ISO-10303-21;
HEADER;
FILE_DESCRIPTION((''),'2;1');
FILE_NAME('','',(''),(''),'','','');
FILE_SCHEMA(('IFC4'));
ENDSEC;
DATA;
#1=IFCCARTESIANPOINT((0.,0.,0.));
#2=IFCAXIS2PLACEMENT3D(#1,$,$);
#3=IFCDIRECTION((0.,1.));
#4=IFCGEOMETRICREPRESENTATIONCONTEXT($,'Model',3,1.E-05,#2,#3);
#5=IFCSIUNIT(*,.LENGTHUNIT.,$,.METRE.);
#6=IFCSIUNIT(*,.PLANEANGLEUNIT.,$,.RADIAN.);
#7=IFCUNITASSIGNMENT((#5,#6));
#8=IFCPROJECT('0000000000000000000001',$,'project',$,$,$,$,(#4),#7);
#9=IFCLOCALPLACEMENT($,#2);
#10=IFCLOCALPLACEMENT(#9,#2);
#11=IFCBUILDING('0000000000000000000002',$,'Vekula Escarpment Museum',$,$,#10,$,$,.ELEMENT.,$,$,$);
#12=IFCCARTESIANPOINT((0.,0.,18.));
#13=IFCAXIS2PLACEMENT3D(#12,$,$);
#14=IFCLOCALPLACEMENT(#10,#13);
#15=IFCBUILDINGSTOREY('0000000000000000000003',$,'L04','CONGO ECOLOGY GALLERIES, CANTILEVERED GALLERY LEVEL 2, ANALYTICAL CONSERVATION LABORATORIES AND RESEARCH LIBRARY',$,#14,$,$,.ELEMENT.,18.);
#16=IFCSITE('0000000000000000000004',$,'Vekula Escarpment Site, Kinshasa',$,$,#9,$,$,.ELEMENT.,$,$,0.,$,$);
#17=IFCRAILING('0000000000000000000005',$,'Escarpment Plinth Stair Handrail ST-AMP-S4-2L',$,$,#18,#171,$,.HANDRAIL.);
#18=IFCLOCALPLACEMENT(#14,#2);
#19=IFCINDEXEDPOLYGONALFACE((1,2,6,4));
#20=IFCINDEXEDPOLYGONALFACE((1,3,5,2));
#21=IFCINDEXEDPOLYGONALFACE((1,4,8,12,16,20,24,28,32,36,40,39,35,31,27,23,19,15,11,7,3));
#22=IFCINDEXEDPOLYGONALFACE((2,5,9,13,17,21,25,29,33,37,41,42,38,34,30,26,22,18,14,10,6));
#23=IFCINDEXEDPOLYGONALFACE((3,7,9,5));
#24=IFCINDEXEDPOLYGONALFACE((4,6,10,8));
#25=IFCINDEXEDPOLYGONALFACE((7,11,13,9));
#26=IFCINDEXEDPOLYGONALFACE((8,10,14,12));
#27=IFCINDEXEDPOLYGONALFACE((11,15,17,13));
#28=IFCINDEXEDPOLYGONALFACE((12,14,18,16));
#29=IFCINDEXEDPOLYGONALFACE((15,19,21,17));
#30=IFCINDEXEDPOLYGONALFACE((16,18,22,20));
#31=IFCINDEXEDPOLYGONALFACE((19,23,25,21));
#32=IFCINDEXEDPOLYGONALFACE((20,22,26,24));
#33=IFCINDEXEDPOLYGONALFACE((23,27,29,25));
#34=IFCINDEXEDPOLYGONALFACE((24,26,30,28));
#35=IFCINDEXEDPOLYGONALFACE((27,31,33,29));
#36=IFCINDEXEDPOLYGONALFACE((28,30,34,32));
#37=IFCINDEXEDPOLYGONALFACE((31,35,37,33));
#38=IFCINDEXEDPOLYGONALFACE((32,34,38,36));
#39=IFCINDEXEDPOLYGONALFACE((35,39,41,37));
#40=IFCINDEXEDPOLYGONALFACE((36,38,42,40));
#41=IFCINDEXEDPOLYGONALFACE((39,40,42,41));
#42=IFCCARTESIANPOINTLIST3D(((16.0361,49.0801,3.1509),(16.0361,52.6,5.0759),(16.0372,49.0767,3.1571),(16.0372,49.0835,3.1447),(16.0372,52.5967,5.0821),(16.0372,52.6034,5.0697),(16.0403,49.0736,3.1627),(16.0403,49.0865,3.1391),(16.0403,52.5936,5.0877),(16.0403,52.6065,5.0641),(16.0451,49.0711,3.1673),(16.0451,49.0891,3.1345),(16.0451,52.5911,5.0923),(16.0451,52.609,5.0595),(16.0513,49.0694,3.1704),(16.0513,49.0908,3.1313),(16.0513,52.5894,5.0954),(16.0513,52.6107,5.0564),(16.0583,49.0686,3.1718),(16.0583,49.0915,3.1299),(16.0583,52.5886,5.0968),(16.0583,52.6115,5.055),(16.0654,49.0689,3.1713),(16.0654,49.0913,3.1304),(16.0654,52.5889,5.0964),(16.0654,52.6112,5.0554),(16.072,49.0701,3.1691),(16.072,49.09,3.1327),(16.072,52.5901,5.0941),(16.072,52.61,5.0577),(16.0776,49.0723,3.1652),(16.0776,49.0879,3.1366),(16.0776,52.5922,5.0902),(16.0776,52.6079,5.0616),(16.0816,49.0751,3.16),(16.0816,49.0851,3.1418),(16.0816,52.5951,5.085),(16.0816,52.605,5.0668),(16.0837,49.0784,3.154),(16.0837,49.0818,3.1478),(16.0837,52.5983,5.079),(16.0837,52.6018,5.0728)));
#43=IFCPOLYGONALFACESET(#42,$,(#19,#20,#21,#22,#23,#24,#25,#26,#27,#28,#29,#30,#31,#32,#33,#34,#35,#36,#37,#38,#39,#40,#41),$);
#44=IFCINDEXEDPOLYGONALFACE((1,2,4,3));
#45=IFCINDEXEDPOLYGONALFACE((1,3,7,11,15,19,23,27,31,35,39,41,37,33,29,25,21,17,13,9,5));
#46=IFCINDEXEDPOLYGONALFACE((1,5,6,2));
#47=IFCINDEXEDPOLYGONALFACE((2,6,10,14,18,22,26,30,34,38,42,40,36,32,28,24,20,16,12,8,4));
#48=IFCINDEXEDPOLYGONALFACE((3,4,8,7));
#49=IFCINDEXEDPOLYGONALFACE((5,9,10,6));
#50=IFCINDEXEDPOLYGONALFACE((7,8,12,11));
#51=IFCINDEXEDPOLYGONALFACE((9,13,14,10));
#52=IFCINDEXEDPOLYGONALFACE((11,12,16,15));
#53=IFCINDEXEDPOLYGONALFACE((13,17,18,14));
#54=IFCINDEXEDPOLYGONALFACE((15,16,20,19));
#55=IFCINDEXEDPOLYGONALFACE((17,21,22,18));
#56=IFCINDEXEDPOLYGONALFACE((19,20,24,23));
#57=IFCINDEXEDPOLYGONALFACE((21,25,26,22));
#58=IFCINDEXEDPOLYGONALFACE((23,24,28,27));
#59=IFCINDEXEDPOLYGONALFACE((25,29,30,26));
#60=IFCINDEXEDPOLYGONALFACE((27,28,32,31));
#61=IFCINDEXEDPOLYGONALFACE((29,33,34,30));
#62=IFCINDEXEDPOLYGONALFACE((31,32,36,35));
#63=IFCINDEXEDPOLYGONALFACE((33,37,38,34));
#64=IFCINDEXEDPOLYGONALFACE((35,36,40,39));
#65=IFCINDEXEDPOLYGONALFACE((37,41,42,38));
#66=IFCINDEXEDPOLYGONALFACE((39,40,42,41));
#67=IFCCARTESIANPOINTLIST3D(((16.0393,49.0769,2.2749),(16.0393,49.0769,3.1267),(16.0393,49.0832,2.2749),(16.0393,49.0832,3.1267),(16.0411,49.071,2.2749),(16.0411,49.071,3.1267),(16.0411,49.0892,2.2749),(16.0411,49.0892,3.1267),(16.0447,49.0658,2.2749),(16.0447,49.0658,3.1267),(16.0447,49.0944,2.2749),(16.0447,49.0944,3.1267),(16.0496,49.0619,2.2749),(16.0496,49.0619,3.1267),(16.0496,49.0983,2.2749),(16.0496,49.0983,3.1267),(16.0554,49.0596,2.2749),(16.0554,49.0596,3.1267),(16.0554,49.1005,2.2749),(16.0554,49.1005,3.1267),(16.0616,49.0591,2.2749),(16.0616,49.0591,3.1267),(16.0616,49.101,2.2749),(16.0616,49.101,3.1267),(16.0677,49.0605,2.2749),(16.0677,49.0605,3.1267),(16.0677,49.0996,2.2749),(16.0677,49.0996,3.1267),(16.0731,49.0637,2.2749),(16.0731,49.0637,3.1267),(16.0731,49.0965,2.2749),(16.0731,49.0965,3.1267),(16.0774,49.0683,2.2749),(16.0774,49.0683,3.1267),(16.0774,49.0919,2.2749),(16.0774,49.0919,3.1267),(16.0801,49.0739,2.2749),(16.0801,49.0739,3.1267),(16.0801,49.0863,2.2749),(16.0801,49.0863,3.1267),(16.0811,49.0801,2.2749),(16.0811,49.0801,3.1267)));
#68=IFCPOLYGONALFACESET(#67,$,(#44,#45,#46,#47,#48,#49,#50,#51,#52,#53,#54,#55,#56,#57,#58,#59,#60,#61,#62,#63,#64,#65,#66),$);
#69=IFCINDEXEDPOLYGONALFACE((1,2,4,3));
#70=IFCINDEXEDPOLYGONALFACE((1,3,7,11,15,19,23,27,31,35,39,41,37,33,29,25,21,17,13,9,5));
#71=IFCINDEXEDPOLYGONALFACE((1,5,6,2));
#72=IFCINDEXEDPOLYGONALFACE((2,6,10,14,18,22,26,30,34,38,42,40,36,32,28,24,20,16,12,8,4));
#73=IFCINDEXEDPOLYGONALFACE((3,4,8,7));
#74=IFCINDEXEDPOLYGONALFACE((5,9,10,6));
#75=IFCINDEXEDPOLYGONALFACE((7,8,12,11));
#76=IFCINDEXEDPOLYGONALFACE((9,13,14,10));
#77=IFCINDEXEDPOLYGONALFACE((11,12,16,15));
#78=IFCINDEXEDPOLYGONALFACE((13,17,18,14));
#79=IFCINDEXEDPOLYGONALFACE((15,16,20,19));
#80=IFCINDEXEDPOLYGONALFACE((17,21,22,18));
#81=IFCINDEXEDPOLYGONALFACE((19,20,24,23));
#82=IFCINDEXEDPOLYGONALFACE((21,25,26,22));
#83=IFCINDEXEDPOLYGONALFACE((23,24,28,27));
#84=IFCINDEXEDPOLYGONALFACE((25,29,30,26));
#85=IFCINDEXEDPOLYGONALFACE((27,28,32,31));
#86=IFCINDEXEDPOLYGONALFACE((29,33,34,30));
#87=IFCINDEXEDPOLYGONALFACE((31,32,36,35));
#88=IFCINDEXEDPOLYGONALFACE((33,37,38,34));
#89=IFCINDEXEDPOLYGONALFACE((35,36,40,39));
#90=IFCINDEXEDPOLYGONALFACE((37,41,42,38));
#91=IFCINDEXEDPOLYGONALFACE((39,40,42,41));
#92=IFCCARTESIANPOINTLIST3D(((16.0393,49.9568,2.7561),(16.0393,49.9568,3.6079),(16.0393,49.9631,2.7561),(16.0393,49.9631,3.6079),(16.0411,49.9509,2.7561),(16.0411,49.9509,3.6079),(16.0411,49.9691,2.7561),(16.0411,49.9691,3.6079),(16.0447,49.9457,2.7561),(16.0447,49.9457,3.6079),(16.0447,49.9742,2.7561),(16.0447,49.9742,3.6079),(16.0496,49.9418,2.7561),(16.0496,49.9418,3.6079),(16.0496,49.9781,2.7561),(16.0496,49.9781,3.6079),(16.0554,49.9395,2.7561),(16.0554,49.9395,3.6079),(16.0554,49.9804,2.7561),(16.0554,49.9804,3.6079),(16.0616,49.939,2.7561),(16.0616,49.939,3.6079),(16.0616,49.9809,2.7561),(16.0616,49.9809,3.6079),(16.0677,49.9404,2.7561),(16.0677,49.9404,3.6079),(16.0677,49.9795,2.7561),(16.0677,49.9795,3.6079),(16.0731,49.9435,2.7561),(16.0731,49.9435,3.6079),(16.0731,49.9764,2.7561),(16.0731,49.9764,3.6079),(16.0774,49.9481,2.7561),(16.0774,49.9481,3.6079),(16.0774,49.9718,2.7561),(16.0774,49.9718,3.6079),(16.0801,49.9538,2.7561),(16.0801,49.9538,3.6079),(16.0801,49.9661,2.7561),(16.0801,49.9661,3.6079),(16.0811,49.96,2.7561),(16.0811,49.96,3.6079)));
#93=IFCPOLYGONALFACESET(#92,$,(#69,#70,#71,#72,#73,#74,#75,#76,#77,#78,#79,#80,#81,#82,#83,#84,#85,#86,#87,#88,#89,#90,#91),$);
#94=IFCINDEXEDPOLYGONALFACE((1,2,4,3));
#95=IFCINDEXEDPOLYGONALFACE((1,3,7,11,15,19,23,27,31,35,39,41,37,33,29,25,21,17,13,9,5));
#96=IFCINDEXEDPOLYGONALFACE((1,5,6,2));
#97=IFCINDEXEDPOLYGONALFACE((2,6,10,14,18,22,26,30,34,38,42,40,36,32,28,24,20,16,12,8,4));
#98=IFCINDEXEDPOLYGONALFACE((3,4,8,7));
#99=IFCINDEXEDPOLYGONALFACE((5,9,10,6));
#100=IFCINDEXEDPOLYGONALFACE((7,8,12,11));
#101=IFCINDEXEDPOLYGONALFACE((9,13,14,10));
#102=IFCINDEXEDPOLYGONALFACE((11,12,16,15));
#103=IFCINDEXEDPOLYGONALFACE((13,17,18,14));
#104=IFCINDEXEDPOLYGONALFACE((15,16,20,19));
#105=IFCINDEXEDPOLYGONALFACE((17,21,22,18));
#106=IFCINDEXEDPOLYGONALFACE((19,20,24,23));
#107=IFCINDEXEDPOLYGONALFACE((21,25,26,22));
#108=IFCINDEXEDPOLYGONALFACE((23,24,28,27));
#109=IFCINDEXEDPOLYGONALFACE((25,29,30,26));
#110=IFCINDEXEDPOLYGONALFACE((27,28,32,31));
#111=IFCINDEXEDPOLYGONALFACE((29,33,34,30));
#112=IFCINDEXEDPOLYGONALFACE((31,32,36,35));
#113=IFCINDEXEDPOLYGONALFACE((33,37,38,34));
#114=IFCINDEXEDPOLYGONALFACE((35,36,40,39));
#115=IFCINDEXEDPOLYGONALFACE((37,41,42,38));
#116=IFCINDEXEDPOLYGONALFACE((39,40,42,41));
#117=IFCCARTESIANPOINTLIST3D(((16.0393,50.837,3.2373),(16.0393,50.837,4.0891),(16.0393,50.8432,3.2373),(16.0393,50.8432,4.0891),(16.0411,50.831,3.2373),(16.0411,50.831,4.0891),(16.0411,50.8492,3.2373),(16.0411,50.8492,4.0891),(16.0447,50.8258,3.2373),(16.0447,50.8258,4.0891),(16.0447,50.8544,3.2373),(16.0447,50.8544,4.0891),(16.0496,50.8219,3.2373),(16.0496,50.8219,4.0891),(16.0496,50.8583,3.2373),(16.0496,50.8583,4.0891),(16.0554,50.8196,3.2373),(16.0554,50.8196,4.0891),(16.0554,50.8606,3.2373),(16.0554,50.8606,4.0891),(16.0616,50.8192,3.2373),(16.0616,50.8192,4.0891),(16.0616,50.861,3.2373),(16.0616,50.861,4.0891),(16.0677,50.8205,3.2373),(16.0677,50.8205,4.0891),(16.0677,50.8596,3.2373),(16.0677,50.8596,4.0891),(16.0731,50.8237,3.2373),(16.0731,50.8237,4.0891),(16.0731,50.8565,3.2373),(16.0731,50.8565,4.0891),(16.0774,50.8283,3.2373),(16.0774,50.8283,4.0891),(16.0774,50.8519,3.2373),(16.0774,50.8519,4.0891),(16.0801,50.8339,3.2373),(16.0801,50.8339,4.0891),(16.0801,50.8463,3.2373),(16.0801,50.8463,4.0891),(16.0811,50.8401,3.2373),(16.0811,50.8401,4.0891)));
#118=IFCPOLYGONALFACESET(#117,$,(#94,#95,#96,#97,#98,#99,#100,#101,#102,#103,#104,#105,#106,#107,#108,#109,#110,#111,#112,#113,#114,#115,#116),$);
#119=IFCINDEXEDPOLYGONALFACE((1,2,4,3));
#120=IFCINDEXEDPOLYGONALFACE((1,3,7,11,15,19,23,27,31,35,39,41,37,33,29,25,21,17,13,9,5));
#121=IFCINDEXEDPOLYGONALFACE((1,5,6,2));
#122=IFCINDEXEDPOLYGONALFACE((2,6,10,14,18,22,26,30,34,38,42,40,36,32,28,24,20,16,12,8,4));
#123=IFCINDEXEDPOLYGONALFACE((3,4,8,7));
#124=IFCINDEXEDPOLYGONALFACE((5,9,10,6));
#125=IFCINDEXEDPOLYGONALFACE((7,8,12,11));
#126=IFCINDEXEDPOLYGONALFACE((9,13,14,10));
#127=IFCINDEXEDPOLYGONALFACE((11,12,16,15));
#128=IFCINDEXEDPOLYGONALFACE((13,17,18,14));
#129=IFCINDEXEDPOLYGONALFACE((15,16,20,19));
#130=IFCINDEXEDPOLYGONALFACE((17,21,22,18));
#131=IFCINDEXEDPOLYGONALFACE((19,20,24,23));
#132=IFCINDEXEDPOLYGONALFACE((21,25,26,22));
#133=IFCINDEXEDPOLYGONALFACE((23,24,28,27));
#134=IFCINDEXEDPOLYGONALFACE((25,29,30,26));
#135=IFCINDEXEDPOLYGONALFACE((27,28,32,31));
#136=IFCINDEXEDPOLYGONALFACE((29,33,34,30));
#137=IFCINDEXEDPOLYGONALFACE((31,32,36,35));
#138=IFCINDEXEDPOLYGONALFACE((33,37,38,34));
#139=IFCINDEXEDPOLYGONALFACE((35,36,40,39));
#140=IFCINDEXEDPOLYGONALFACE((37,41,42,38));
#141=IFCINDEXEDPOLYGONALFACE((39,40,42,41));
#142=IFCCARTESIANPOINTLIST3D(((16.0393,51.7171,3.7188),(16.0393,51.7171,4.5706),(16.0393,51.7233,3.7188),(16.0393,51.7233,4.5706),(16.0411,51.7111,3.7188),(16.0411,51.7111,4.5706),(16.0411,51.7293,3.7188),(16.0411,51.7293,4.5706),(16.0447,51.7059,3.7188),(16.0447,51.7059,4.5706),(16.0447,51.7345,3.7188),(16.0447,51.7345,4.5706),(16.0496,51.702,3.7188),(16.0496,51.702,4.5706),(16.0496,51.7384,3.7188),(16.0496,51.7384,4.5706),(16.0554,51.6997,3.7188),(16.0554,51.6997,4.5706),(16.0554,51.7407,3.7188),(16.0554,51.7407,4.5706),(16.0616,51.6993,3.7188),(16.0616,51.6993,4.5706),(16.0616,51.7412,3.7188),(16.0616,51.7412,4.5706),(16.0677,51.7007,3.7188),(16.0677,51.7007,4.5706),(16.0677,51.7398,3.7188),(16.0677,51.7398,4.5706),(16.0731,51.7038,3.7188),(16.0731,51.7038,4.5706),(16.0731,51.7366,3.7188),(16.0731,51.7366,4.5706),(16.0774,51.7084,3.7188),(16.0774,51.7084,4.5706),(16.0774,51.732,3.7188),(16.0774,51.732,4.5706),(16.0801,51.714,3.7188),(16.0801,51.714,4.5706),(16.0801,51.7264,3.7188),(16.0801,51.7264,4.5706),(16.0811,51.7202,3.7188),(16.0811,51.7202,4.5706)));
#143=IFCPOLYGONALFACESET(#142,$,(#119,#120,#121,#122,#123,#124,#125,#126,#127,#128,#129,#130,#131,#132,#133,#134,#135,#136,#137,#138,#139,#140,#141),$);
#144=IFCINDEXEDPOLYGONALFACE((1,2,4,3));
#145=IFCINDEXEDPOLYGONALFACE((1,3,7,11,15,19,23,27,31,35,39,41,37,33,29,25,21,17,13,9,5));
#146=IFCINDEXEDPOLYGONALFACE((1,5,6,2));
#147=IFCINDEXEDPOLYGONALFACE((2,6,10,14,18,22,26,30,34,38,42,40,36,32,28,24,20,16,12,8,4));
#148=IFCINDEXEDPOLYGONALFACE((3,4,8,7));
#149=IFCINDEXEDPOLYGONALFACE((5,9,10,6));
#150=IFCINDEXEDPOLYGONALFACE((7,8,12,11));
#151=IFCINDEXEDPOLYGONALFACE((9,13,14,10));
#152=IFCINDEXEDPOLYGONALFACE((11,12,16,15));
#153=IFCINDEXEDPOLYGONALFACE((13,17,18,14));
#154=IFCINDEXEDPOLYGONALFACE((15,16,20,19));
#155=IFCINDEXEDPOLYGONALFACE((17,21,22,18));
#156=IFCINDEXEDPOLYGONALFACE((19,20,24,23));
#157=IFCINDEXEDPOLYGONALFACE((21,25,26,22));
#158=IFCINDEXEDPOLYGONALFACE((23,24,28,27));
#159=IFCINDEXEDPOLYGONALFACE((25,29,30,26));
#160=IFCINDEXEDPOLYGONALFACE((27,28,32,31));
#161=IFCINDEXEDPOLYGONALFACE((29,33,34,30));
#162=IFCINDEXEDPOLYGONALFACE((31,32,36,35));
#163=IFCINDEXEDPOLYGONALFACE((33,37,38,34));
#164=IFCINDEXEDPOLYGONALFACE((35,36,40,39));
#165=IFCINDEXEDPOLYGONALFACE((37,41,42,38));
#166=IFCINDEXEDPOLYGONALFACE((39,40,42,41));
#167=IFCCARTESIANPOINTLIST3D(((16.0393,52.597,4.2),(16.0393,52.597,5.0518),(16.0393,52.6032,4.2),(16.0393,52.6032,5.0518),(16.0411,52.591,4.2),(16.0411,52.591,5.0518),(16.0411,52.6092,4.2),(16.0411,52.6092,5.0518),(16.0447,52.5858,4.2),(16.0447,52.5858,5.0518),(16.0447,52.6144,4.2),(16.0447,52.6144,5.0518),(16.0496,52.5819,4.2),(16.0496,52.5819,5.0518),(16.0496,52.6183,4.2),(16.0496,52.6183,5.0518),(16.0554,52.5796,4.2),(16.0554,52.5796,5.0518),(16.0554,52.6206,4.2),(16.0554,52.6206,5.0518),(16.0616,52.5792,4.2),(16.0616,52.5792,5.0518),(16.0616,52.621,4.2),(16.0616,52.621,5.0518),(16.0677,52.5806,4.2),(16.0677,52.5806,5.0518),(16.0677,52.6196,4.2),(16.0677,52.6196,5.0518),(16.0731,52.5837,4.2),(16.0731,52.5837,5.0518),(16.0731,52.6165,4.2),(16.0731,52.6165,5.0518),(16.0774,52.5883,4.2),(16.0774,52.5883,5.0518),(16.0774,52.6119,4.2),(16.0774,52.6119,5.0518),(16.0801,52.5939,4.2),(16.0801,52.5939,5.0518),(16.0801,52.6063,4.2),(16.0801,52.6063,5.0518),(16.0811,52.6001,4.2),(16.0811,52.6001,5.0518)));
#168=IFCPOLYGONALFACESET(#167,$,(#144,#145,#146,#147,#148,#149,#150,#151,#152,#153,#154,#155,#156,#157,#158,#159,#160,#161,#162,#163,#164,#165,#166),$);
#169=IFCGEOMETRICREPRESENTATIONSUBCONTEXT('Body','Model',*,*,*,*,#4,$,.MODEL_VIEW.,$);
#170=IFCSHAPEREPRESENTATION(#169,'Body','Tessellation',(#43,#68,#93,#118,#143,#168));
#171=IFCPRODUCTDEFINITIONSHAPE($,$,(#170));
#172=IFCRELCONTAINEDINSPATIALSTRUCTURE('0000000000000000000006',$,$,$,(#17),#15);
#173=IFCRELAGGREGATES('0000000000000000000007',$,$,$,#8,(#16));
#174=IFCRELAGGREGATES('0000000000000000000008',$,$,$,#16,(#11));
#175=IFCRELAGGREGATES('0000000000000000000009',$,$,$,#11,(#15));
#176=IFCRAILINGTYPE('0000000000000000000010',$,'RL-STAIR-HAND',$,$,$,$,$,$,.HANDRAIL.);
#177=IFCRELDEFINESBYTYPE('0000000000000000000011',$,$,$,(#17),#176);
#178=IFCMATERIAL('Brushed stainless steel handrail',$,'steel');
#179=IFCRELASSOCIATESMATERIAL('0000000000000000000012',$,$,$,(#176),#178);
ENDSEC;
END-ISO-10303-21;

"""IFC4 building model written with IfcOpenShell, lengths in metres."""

from ifc_helpers import new_model, si_unit, direction, frame, origin, origin_2d, place, context, subcontext, project, spatial, circle, extrude, material, type_object, element, save


model = new_model("IFC4")

# Units and contexts
model_context = context("Model", 3, precision=1e-05, world=origin(), true_north=direction((0.0, 1.0)))
body_context = subcontext(model_context, "Body", "Model", "MODEL_VIEW")
ifc_project = project(units=[si_unit("LENGTHUNIT", "METRE"), si_unit("PLANEANGLEUNIT", "RADIAN")], contexts=[model_context])

# Site, building, storey
site_placement = place(None, origin())
site = spatial("IfcSite", under=ifc_project, at=site_placement, Name="Vekula Escarpment Site, Kinshasa", CompositionType="ELEMENT", RefElevation=0.0)
building_placement = place(site_placement, origin())
building = spatial("IfcBuilding", under=site, at=building_placement, Name="Vekula Escarpment Museum", CompositionType="ELEMENT")
storey_placement = place(building_placement, frame((0.0, 0.0, 18.0)))
storey = spatial("IfcBuildingStorey", under=building, at=storey_placement, Name="L04", Description="CONGO ECOLOGY GALLERIES, CANTILEVERED GALLERY LEVEL 2, ANALYTICAL CONSERVATION LABORATORIES AND RESEARCH LIBRARY", CompositionType="ELEMENT", Elevation=18.0)

# Railing
ifc_material_1 = material(Name="Brushed stainless steel handrail", Category="steel")
railing_type_1 = type_object("IfcRailingType", Name="RL-STAIR-HAND", PredefinedType="HANDRAIL", material=ifc_material_1)
for number, where, name in (
    (1, (16.0601, 49.0801, 2.2749), "Escarpment Plinth Stair Handrail ST-AMP-S4-2L"),
):
    element("IfcRailing", number, at=place(storey_placement, frame(where)), inside=storey, type_object=railing_type_1, Name=name, PredefinedType="HANDRAIL", context=body_context, shape_type="SweptSolid", body=[
        extrude(circle(Radius=0.0239, at=origin_2d()), frame((0.0, 0.0, 0.876), z_axis=(0.0, 0.877367, 0.47982), x_axis=(-1.0, 0.0, 0.0)), (0.0, 0.0, 1.0), 4.012),
        extrude(circle(Radius=0.021, at=origin_2d()), origin(), (0.0, 0.0, 1.0), 0.8518),
        extrude(circle(Radius=0.021, at=origin_2d()), frame((0.0, 0.8799, 0.4812)), (0.0, 0.0, 1.0), 0.8518),
        extrude(circle(Radius=0.021, at=origin_2d()), frame((0.0, 1.76, 0.9624)), (0.0, 0.0, 1.0), 0.8518),
        extrude(circle(Radius=0.021, at=origin_2d()), frame((0.0, 2.6401, 1.4438)), (0.0, 0.0, 1.0), 0.8518),
        extrude(circle(Radius=0.021, at=origin_2d()), frame((0.0, 3.52, 1.925)), (0.0, 0.0, 1.0), 0.8518),
    ])

save(model, "model.ifc")
